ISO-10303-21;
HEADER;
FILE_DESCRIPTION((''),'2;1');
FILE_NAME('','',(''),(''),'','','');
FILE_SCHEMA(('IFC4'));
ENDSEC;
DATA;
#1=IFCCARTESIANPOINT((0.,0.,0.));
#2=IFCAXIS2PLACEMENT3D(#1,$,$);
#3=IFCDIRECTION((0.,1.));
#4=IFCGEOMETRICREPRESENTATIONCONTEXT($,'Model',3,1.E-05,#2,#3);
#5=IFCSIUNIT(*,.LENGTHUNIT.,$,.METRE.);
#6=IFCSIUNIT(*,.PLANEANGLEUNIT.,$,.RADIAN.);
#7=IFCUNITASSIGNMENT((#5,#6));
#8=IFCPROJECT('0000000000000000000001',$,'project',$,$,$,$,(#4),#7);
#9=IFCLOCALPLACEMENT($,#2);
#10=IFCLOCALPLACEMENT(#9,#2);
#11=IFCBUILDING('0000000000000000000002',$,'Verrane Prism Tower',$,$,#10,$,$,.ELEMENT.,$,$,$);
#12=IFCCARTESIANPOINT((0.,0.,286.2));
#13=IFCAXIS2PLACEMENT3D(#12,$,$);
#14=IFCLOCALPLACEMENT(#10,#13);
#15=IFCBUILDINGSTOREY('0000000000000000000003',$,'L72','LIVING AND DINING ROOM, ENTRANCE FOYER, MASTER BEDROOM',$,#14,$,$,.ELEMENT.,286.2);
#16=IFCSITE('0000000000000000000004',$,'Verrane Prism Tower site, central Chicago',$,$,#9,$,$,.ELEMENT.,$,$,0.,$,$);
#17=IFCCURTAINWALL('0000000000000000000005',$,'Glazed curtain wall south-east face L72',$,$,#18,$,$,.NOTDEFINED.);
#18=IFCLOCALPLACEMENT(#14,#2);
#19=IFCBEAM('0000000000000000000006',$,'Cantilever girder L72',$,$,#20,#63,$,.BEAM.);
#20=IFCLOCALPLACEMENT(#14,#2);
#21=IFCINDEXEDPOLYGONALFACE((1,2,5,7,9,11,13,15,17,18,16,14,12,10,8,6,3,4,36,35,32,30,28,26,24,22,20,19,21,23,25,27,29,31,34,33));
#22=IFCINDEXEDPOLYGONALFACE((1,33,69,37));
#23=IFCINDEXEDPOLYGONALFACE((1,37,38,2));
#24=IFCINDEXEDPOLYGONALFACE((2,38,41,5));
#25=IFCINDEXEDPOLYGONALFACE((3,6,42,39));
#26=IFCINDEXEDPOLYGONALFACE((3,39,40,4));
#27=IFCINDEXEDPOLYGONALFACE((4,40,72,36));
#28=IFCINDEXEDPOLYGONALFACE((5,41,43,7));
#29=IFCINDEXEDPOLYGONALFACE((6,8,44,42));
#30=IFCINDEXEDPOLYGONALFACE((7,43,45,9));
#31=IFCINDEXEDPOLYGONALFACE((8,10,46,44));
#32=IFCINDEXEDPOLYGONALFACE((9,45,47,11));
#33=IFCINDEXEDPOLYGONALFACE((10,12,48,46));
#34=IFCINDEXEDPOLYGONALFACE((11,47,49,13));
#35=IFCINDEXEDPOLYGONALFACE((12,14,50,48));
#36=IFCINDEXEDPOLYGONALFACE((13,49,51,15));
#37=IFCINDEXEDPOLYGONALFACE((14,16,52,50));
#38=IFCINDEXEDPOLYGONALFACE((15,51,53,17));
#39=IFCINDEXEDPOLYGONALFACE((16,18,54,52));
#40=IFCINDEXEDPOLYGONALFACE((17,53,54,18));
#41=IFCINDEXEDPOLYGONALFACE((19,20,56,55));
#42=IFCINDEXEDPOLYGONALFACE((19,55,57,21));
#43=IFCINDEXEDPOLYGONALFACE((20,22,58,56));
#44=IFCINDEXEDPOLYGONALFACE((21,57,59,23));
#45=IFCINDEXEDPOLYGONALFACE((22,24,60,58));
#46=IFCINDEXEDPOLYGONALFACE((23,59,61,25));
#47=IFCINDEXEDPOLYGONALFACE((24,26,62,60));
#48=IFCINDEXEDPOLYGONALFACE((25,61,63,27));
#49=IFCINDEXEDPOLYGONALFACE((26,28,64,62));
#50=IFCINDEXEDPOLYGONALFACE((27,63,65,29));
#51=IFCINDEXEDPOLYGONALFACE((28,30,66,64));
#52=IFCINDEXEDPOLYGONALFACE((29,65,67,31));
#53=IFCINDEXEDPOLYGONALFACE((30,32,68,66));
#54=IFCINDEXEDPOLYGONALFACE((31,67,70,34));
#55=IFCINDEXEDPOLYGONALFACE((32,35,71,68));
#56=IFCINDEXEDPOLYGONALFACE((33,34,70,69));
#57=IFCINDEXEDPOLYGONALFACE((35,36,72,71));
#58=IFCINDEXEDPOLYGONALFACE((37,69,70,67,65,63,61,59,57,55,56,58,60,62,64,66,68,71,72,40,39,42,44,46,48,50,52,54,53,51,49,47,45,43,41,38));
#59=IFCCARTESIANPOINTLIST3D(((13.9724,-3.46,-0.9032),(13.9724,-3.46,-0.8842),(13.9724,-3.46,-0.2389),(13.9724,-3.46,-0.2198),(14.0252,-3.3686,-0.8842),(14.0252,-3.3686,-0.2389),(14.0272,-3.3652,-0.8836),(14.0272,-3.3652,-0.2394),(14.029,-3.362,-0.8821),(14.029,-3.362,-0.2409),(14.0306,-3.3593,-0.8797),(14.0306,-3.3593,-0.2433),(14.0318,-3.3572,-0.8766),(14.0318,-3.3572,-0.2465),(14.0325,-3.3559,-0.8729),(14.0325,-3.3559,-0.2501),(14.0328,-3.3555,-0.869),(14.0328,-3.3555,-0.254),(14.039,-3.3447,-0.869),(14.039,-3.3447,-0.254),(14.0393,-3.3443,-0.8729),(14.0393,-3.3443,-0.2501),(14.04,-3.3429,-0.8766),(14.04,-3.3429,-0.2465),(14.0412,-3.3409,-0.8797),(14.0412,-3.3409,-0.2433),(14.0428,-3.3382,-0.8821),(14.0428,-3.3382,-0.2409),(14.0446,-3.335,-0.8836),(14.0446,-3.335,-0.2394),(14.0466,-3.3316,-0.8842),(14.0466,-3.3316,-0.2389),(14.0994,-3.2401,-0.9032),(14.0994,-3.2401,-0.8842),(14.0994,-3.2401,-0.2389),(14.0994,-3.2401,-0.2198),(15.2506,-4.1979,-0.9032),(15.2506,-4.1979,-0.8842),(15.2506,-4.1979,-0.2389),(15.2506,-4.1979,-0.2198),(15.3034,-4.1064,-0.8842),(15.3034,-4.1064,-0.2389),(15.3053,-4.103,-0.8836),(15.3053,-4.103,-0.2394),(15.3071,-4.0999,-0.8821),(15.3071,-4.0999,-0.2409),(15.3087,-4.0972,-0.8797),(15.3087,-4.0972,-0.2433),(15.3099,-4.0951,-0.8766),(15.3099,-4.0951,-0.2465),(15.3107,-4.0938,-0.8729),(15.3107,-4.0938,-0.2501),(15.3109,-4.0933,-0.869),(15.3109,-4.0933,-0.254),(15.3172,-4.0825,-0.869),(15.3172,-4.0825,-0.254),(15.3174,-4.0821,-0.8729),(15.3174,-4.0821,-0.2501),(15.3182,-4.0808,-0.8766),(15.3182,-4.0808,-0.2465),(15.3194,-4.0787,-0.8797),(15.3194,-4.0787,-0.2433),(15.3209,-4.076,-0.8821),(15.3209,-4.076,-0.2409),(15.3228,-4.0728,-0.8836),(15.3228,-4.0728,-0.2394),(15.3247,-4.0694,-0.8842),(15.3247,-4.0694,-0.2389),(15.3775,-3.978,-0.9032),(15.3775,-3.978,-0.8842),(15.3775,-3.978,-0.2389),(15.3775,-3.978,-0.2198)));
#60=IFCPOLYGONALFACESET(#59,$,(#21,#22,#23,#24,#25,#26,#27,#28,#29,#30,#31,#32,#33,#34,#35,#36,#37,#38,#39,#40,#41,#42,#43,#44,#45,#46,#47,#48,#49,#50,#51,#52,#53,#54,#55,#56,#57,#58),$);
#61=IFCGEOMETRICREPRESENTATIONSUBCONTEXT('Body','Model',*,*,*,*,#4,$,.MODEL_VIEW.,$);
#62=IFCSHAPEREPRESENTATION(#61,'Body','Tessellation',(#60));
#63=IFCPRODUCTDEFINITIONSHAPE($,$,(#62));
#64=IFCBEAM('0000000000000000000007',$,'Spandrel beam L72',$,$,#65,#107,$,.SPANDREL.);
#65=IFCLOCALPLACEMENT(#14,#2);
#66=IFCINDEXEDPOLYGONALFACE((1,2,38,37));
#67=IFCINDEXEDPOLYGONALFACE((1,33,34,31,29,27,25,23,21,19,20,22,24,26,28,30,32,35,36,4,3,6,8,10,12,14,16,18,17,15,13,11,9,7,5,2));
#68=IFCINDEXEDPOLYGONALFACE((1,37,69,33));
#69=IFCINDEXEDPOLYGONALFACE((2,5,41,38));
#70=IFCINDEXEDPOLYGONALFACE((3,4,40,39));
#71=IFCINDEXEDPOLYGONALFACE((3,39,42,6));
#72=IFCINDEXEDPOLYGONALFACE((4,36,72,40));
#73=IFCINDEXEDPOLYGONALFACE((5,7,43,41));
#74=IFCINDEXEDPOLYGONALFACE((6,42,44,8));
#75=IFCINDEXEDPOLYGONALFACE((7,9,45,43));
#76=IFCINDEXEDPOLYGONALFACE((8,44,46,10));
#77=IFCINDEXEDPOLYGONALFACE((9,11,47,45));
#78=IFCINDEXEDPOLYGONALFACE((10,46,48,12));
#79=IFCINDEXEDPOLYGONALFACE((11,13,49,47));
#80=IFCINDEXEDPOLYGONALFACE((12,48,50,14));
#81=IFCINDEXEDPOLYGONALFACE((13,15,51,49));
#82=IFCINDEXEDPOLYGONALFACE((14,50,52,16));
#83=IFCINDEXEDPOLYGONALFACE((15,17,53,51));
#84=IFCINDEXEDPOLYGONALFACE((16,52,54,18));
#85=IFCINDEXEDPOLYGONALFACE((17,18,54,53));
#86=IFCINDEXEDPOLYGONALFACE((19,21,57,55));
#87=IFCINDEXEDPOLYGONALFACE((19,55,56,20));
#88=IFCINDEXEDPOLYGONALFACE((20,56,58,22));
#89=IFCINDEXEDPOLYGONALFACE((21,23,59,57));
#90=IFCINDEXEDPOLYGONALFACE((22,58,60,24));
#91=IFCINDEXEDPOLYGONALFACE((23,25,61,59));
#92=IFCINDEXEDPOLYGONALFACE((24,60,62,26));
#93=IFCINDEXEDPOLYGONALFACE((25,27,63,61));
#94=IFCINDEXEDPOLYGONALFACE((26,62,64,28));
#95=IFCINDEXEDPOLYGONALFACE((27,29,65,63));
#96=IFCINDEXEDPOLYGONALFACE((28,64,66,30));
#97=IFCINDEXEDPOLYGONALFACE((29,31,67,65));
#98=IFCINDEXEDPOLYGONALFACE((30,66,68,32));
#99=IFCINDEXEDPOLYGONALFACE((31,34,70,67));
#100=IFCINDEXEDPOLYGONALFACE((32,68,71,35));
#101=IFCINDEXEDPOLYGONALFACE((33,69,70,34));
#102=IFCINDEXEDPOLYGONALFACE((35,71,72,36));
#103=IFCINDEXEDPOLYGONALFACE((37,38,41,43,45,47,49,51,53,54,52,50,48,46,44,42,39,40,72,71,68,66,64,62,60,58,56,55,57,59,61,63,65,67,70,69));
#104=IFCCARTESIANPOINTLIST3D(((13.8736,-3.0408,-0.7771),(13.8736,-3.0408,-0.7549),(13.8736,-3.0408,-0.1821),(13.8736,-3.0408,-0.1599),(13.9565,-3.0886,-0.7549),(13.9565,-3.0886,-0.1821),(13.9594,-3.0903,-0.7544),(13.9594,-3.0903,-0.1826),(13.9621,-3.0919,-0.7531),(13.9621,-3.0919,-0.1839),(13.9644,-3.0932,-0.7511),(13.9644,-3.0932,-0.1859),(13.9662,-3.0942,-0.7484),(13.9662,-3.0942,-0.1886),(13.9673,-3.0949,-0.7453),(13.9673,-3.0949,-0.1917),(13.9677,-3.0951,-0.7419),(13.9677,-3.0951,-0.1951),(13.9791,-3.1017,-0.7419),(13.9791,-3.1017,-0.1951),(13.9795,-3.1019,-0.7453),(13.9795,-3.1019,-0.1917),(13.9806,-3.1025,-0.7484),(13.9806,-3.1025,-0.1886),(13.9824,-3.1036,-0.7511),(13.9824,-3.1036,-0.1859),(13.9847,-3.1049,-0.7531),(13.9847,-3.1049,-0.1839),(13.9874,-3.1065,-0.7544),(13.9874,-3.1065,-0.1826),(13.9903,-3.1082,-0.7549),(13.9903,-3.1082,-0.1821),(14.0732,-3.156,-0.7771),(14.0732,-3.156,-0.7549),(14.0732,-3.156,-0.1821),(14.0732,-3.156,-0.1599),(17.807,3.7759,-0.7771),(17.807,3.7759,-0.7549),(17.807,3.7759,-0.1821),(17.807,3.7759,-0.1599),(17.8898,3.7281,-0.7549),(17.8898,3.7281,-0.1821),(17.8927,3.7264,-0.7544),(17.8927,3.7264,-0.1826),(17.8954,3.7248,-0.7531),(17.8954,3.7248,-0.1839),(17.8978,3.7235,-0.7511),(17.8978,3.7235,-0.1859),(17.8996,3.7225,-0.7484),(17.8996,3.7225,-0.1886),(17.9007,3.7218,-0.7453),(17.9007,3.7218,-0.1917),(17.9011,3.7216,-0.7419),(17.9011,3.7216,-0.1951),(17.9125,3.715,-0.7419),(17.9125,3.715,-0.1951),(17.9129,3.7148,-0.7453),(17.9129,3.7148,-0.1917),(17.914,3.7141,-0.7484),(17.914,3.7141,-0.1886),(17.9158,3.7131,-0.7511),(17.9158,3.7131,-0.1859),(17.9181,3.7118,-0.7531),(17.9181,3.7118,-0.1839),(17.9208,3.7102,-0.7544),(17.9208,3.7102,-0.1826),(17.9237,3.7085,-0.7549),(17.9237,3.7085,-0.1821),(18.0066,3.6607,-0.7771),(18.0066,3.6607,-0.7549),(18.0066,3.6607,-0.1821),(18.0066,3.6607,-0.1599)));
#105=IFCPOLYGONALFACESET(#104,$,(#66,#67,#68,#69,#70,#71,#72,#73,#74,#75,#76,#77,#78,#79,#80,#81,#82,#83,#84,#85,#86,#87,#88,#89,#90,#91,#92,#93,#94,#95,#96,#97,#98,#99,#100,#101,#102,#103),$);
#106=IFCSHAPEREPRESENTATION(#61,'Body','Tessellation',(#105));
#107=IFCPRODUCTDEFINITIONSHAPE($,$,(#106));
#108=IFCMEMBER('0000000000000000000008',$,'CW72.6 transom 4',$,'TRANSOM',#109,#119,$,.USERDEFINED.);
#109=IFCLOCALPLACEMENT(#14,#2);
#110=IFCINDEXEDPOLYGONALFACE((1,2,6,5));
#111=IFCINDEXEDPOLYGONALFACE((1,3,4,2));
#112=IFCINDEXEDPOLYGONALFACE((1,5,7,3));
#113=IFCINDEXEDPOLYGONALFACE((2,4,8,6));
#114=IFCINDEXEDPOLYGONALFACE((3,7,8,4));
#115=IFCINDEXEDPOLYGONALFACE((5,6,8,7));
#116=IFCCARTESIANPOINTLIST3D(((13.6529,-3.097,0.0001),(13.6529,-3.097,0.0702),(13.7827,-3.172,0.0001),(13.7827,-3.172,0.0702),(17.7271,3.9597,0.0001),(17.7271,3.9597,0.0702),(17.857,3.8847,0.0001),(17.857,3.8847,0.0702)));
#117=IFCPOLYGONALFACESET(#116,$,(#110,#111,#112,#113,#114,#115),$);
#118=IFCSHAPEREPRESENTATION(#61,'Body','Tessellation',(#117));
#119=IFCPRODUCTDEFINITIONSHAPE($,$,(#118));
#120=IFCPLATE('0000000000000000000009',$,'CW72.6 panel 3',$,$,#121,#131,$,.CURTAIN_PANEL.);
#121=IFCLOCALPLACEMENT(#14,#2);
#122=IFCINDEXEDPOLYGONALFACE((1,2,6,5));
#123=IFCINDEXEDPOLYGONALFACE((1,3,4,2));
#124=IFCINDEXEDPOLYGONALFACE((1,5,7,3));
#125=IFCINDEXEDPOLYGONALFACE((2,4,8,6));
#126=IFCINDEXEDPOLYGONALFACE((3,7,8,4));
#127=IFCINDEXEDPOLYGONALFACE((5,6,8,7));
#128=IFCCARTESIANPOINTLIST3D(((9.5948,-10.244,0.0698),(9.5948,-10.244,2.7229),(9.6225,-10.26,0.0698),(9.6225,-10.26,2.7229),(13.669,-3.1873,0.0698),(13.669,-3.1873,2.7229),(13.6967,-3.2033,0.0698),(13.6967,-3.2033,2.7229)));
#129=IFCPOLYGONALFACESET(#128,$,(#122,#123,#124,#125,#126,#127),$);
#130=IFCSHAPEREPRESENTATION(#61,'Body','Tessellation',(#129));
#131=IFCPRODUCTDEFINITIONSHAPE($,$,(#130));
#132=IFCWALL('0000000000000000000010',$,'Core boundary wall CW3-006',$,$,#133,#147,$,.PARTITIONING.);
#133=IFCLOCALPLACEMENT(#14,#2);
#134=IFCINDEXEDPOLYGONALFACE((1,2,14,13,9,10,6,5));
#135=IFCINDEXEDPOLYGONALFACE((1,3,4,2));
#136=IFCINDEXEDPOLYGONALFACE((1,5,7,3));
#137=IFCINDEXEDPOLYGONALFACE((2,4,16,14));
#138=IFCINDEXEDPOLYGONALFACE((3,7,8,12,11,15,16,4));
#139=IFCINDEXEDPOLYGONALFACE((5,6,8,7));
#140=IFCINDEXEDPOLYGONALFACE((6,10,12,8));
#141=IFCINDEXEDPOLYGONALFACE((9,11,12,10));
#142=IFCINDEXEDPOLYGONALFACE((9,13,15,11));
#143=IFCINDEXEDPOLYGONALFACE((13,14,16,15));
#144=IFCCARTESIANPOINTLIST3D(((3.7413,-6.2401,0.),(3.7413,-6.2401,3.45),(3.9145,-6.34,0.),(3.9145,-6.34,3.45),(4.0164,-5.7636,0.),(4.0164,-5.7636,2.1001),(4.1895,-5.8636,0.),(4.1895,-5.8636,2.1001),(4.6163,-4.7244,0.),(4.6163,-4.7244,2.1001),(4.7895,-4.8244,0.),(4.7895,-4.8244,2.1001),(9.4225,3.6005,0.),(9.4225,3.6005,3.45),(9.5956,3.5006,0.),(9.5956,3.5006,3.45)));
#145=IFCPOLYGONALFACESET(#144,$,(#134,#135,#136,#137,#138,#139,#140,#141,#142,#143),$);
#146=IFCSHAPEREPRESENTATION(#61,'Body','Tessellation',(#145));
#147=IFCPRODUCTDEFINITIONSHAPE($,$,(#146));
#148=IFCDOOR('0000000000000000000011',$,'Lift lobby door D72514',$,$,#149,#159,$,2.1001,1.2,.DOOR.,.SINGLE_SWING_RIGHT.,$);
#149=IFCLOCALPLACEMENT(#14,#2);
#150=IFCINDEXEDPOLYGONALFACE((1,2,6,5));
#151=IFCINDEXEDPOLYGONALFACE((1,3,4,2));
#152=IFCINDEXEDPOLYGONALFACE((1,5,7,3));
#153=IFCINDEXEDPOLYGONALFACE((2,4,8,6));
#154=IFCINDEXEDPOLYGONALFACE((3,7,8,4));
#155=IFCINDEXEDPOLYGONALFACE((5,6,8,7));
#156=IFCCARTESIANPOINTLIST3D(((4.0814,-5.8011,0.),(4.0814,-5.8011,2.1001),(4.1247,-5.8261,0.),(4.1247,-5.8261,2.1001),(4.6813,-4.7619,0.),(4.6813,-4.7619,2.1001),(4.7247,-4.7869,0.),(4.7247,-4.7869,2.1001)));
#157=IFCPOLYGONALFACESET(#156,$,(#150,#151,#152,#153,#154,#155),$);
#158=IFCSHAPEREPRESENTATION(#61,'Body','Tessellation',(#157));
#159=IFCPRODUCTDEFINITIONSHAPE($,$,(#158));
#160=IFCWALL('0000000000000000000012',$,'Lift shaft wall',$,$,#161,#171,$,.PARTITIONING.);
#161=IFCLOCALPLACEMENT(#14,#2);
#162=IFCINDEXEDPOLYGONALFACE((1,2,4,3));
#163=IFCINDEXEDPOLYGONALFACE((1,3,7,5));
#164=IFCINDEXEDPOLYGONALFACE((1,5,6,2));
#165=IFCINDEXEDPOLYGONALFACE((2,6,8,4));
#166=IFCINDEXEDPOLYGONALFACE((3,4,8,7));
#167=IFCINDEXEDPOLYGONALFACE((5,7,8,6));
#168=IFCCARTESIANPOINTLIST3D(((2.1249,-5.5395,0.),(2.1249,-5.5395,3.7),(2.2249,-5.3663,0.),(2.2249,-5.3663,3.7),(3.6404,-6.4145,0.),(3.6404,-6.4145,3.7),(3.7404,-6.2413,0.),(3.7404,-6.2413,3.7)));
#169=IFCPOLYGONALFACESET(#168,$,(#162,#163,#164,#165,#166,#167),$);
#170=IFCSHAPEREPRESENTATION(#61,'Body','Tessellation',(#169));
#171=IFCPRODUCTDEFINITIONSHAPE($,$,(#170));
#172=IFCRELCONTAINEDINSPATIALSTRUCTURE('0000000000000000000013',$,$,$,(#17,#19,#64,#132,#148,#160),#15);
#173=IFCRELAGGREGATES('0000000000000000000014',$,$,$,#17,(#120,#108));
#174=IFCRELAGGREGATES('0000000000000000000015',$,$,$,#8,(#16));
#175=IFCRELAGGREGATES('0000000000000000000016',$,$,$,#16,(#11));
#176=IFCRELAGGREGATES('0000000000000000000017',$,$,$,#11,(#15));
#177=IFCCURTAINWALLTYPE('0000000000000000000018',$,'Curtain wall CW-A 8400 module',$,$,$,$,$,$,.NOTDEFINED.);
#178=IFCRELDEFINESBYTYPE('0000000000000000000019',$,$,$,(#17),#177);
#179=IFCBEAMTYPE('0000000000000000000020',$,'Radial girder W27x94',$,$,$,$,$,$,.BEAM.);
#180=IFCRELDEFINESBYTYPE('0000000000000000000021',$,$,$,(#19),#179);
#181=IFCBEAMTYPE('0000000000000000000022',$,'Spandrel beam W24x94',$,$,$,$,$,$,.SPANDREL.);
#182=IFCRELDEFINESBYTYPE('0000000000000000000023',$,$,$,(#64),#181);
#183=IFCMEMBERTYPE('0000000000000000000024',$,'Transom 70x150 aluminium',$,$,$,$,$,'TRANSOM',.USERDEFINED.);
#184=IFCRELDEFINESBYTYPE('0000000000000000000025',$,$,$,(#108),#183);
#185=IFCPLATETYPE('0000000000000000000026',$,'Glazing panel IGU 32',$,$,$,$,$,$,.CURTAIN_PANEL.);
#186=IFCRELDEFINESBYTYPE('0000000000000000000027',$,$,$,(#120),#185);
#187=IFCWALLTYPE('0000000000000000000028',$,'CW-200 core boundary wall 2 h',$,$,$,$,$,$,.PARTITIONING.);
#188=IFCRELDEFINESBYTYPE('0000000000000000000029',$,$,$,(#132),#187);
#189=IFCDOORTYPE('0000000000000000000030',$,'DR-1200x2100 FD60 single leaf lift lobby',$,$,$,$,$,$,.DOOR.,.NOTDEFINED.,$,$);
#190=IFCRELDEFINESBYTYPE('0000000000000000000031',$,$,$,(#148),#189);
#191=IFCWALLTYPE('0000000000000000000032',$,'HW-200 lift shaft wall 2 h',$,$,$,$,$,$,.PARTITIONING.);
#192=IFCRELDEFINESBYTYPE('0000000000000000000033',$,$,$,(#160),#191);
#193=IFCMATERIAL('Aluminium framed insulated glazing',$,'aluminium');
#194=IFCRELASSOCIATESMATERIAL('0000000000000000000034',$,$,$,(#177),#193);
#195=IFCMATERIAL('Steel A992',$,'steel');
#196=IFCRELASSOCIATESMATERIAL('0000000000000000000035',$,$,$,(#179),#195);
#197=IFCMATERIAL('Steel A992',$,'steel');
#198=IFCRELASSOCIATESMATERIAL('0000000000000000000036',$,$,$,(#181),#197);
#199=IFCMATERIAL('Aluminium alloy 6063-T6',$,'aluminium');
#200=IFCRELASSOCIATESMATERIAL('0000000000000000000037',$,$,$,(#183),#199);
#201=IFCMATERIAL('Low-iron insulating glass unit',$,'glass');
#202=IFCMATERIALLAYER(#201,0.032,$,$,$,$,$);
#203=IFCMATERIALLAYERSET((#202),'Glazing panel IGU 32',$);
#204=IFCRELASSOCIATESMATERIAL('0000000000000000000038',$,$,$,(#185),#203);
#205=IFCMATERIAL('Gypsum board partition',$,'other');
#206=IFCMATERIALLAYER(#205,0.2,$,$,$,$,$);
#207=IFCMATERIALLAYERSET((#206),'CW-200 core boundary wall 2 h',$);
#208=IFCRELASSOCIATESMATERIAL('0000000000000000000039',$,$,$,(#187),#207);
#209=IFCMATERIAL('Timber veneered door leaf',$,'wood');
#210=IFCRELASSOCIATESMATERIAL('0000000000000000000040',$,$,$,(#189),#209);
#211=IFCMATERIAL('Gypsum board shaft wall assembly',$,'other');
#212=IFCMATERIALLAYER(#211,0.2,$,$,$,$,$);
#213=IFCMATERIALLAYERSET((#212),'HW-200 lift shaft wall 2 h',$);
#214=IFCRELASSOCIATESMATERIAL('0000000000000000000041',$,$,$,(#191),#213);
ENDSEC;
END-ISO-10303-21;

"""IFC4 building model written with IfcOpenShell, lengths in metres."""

from ifc_helpers import new_model, si_unit, direction, frame, frame_2d, origin, origin_2d, place, context, subcontext, project, spatial, rectangle, i_section, extrude, material, layer, layer_set, material_profile, profile_set, type_object, element, fill, aggregate, save


model = new_model("IFC4")

# Units and contexts
model_context = context("Model", 3, precision=1e-05, world=origin(), true_north=direction((0.0, 1.0)))
body_context = subcontext(model_context, "Body", "Model", "MODEL_VIEW")
ifc_project = project(units=[si_unit("LENGTHUNIT", "METRE"), si_unit("PLANEANGLEUNIT", "RADIAN")], contexts=[model_context])

# Site, building, storey
site_placement = place(None, origin())
site = spatial("IfcSite", under=ifc_project, at=site_placement, Name="Verrane Prism Tower site, central Chicago", CompositionType="ELEMENT", RefElevation=0.0)
building_placement = place(site_placement, origin())
building = spatial("IfcBuilding", under=site, at=building_placement, Name="Verrane Prism Tower", CompositionType="ELEMENT")
storey_placement = place(building_placement, frame((0.0, 0.0, 286.2)))
storey = spatial("IfcBuildingStorey", under=building, at=storey_placement, Name="L72", Description="LIVING AND DINING ROOM, ENTRANCE FOYER, MASTER BEDROOM", CompositionType="ELEMENT", Elevation=286.2)

# Curtain wall
ifc_material_1 = material(Name="Aluminium framed insulated glazing", Category="aluminium")
curtain_wall_type = type_object("IfcCurtainWallType", Name="Curtain wall CW-A 8400 module", PredefinedType="NOTDEFINED", material=ifc_material_1)
curtain_wall_placement = place(storey_placement, origin())
curtain_wall = element("IfcCurtainWall", 1, at=curtain_wall_placement, inside=storey, type_object=curtain_wall_type, Name="Glazed curtain wall south-east face L72", PredefinedType="NOTDEFINED")

# Beams
ifc_material_2 = material(Name="Steel A992", Category="steel")
ifc_material_profile_1 = material_profile(ifc_material_2, i_section(OverallWidth=0.2539, OverallDepth=0.6833, WebThickness=0.0125, FlangeThickness=0.019, FilletRadius=0.0151, at=origin_2d()), Name="W27x94")
ifc_profile_set_1 = profile_set([ifc_material_profile_1], Name="Steel A992")
beam_type_1 = type_object("IfcBeamType", Name="Radial girder W27x94", PredefinedType="BEAM", material=ifc_profile_set_1)
beam_1_placement = place(storey_placement, frame((14.0359, -3.3501, -0.5615), z_axis=(0.866056, -0.499947, 0.0), x_axis=(0.499947, 0.866056, 0.0)))
element("IfcBeam", 2, at=beam_1_placement, inside=storey, type_object=beam_type_1, Name="Cantilever girder L72", PredefinedType="BEAM", context=body_context, shape_type="SweptSolid", body=[
    extrude(i_section(OverallWidth=0.2539, OverallDepth=0.6833, WebThickness=0.0125, FlangeThickness=0.019, FilletRadius=0.0151, at=origin_2d()), origin(), (0.0, 0.0, 1.0), 1.4758),
])
ifc_material_3 = material(Name="Steel A992", Category="steel")
ifc_material_profile_2 = material_profile(ifc_material_3, i_section(OverallWidth=0.2305, OverallDepth=0.6172, WebThickness=0.0132, FlangeThickness=0.0222, FilletRadius=0.0129, at=origin_2d()), Name="W24x94")
ifc_profile_set_2 = profile_set([ifc_material_profile_2], Name="Steel A992")
beam_type_2 = type_object("IfcBeamType", Name="Spandrel beam W24x94", PredefinedType="SPANDREL", material=ifc_profile_set_2)
beam_2_placement = place(storey_placement, frame((13.9734, -3.0984, -0.4685), z_axis=(0.499786, 0.866149, 0.0), x_axis=(-0.866149, 0.499786, 0.0)))
element("IfcBeam", 3, at=beam_2_placement, inside=storey, type_object=beam_type_2, Name="Spandrel beam L72", PredefinedType="SPANDREL", context=body_context, shape_type="SweptSolid", body=[
    extrude(i_section(OverallWidth=0.2305, OverallDepth=0.6172, WebThickness=0.0132, FlangeThickness=0.0222, FilletRadius=0.0129, at=origin_2d()), origin(), (0.0, 0.0, 1.0), 7.8701),
])

# Member
ifc_material_4 = material(Name="Aluminium alloy 6063-T6", Category="aluminium")
ifc_material_profile_3 = material_profile(ifc_material_4, rectangle(XDim=0.1499, YDim=0.0701, at=origin_2d()), Name="Transom 70x150 aluminium")
ifc_profile_set_3 = profile_set([ifc_material_profile_3], Name="Aluminium alloy 6063-T6")
member_type_1 = type_object("IfcMemberType", Name="Transom 70x150 aluminium", ElementType="TRANSOM", PredefinedType="USERDEFINED", material=ifc_profile_set_3)
member_1_placement = place(storey_placement, frame((13.7178, -3.1345, 0.0352), z_axis=(0.500006, 0.866022, 0.0), x_axis=(-0.866022, 0.500006, 0.0)))
member_1 = element("IfcMember", 4, at=member_1_placement, type_object=member_type_1, Name="CW72.6 transom 4", ObjectType="TRANSOM", PredefinedType="USERDEFINED", context=body_context, shape_type="SweptSolid", body=[
    extrude(rectangle(XDim=0.1499, YDim=0.0701, at=origin_2d()), origin(), (0.0, 0.0, 1.0), 8.1484),
])

# Plate
ifc_material_5 = material(Name="Low-iron insulating glass unit", Category="glass")
ifc_layer_1 = layer(ifc_material_5, 0.032)
ifc_layer_set_1 = layer_set([ifc_layer_1], Name="Glazing panel IGU 32")
plate_type = type_object("IfcPlateType", Name="Glazing panel IGU 32", PredefinedType="CURTAIN_PANEL", material=ifc_layer_set_1)
plate_placement = place(storey_placement, frame((11.6458, -6.7236, 0.0698), z_axis=(0.0, 0.0, 1.0), x_axis=(0.500001, 0.866025, 0.0)))
plate = element("IfcPlate", 5, at=plate_placement, type_object=plate_type, Name="CW72.6 panel 3", PredefinedType="CURTAIN_PANEL", context=body_context, shape_type="SweptSolid", body=[
    extrude(rectangle(XDim=8.1484, YDim=0.032, at=origin_2d()), origin(), (0.0, 0.0, 1.0), 2.6531),
])
aggregate(curtain_wall, [plate, member_1])

# Wall, opening, door
ifc_material_6 = material(Name="Gypsum board partition", Category="other")
ifc_layer_2 = layer(ifc_material_6, 0.2)
ifc_layer_set_2 = layer_set([ifc_layer_2], Name="CW-200 core boundary wall 2 h")
wall_type_1 = type_object("IfcWallType", Name="CW-200 core boundary wall 2 h", PredefinedType="PARTITIONING", material=ifc_layer_set_2)
wall_1_placement = place(storey_placement, frame((3.8279, -6.29, 0.0), z_axis=(0.0, 0.0, 1.0), x_axis=(0.49998, 0.866037, 0.0)))
wall_1 = element("IfcWall", 6, at=wall_1_placement, inside=storey, type_object=wall_type_1, Name="Core boundary wall CW3-006", PredefinedType="PARTITIONING", context=body_context, shape_type="SweptSolid", body=[
    extrude(rectangle(XDim=11.3628, YDim=0.2, at=frame_2d((5.6814, 0.0))), origin(), (0.0, 0.0, 1.0), 3.45),
])
opening_1_placement = place(wall_1_placement, frame((0.55, 0.0, 0.0)))
opening_1 = element("IfcOpeningElement", 7, at=opening_1_placement, cuts=wall_1, PredefinedType="OPENING", context=body_context, shape_type="SweptSolid", body=[
    extrude(rectangle(XDim=1.2, YDim=2.1001, at=frame_2d((0.6001, 1.05))), frame((0.0, 0.1099, 0.0), z_axis=(0.0, -1.0, 0.0), x_axis=(1.0, 0.0, 0.0)), (0.0, 0.0, 1.0), 0.22),
])
ifc_material_7 = material(Name="Timber veneered door leaf", Category="wood")
door_type_1 = type_object("IfcDoorType", Name="DR-1200x2100 FD60 single leaf lift lobby", OperationType="NOTDEFINED", PredefinedType="DOOR", material=ifc_material_7)
door_1_placement = place(opening_1_placement, origin())
door_1 = element("IfcDoor", 8, at=door_1_placement, inside=storey, type_object=door_type_1, Name="Lift lobby door D72514", OperationType="SINGLE_SWING_RIGHT", OverallHeight=2.1001, OverallWidth=1.2, PredefinedType="DOOR", context=body_context, shape_type="SweptSolid", body=[
    extrude(rectangle(XDim=1.2, YDim=2.1001, at=frame_2d((0.6001, 1.05))), frame((0.0, 0.0249, 0.0), z_axis=(0.0, -1.0, 0.0), x_axis=(1.0, 0.0, 0.0)), (0.0, 0.0, 1.0), 0.05),
])
fill(opening_1, door_1)

# Wall
ifc_material_8 = material(Name="Gypsum board shaft wall assembly", Category="other")
ifc_layer_3 = layer(ifc_material_8, 0.2)
ifc_layer_set_3 = layer_set([ifc_layer_3], Name="HW-200 lift shaft wall 2 h")
wall_type_2 = type_object("IfcWallType", Name="HW-200 lift shaft wall 2 h", PredefinedType="PARTITIONING", material=ifc_layer_set_3)
wall_2_placement = place(storey_placement, frame((3.6904, -6.3279, 0.0), z_axis=(0.0, 0.0, 1.0), x_axis=(-0.866037, 0.49998, 0.0)))
element("IfcWall", 9, at=wall_2_placement, inside=storey, type_object=wall_type_2, Name="Lift shaft wall", PredefinedType="PARTITIONING", context=body_context, shape_type="SweptSolid", body=[
    extrude(rectangle(XDim=1.75, YDim=0.2, at=frame_2d((0.875, 0.0))), origin(), (0.0, 0.0, 1.0), 3.7),
])

save(model, "model.ifc")
